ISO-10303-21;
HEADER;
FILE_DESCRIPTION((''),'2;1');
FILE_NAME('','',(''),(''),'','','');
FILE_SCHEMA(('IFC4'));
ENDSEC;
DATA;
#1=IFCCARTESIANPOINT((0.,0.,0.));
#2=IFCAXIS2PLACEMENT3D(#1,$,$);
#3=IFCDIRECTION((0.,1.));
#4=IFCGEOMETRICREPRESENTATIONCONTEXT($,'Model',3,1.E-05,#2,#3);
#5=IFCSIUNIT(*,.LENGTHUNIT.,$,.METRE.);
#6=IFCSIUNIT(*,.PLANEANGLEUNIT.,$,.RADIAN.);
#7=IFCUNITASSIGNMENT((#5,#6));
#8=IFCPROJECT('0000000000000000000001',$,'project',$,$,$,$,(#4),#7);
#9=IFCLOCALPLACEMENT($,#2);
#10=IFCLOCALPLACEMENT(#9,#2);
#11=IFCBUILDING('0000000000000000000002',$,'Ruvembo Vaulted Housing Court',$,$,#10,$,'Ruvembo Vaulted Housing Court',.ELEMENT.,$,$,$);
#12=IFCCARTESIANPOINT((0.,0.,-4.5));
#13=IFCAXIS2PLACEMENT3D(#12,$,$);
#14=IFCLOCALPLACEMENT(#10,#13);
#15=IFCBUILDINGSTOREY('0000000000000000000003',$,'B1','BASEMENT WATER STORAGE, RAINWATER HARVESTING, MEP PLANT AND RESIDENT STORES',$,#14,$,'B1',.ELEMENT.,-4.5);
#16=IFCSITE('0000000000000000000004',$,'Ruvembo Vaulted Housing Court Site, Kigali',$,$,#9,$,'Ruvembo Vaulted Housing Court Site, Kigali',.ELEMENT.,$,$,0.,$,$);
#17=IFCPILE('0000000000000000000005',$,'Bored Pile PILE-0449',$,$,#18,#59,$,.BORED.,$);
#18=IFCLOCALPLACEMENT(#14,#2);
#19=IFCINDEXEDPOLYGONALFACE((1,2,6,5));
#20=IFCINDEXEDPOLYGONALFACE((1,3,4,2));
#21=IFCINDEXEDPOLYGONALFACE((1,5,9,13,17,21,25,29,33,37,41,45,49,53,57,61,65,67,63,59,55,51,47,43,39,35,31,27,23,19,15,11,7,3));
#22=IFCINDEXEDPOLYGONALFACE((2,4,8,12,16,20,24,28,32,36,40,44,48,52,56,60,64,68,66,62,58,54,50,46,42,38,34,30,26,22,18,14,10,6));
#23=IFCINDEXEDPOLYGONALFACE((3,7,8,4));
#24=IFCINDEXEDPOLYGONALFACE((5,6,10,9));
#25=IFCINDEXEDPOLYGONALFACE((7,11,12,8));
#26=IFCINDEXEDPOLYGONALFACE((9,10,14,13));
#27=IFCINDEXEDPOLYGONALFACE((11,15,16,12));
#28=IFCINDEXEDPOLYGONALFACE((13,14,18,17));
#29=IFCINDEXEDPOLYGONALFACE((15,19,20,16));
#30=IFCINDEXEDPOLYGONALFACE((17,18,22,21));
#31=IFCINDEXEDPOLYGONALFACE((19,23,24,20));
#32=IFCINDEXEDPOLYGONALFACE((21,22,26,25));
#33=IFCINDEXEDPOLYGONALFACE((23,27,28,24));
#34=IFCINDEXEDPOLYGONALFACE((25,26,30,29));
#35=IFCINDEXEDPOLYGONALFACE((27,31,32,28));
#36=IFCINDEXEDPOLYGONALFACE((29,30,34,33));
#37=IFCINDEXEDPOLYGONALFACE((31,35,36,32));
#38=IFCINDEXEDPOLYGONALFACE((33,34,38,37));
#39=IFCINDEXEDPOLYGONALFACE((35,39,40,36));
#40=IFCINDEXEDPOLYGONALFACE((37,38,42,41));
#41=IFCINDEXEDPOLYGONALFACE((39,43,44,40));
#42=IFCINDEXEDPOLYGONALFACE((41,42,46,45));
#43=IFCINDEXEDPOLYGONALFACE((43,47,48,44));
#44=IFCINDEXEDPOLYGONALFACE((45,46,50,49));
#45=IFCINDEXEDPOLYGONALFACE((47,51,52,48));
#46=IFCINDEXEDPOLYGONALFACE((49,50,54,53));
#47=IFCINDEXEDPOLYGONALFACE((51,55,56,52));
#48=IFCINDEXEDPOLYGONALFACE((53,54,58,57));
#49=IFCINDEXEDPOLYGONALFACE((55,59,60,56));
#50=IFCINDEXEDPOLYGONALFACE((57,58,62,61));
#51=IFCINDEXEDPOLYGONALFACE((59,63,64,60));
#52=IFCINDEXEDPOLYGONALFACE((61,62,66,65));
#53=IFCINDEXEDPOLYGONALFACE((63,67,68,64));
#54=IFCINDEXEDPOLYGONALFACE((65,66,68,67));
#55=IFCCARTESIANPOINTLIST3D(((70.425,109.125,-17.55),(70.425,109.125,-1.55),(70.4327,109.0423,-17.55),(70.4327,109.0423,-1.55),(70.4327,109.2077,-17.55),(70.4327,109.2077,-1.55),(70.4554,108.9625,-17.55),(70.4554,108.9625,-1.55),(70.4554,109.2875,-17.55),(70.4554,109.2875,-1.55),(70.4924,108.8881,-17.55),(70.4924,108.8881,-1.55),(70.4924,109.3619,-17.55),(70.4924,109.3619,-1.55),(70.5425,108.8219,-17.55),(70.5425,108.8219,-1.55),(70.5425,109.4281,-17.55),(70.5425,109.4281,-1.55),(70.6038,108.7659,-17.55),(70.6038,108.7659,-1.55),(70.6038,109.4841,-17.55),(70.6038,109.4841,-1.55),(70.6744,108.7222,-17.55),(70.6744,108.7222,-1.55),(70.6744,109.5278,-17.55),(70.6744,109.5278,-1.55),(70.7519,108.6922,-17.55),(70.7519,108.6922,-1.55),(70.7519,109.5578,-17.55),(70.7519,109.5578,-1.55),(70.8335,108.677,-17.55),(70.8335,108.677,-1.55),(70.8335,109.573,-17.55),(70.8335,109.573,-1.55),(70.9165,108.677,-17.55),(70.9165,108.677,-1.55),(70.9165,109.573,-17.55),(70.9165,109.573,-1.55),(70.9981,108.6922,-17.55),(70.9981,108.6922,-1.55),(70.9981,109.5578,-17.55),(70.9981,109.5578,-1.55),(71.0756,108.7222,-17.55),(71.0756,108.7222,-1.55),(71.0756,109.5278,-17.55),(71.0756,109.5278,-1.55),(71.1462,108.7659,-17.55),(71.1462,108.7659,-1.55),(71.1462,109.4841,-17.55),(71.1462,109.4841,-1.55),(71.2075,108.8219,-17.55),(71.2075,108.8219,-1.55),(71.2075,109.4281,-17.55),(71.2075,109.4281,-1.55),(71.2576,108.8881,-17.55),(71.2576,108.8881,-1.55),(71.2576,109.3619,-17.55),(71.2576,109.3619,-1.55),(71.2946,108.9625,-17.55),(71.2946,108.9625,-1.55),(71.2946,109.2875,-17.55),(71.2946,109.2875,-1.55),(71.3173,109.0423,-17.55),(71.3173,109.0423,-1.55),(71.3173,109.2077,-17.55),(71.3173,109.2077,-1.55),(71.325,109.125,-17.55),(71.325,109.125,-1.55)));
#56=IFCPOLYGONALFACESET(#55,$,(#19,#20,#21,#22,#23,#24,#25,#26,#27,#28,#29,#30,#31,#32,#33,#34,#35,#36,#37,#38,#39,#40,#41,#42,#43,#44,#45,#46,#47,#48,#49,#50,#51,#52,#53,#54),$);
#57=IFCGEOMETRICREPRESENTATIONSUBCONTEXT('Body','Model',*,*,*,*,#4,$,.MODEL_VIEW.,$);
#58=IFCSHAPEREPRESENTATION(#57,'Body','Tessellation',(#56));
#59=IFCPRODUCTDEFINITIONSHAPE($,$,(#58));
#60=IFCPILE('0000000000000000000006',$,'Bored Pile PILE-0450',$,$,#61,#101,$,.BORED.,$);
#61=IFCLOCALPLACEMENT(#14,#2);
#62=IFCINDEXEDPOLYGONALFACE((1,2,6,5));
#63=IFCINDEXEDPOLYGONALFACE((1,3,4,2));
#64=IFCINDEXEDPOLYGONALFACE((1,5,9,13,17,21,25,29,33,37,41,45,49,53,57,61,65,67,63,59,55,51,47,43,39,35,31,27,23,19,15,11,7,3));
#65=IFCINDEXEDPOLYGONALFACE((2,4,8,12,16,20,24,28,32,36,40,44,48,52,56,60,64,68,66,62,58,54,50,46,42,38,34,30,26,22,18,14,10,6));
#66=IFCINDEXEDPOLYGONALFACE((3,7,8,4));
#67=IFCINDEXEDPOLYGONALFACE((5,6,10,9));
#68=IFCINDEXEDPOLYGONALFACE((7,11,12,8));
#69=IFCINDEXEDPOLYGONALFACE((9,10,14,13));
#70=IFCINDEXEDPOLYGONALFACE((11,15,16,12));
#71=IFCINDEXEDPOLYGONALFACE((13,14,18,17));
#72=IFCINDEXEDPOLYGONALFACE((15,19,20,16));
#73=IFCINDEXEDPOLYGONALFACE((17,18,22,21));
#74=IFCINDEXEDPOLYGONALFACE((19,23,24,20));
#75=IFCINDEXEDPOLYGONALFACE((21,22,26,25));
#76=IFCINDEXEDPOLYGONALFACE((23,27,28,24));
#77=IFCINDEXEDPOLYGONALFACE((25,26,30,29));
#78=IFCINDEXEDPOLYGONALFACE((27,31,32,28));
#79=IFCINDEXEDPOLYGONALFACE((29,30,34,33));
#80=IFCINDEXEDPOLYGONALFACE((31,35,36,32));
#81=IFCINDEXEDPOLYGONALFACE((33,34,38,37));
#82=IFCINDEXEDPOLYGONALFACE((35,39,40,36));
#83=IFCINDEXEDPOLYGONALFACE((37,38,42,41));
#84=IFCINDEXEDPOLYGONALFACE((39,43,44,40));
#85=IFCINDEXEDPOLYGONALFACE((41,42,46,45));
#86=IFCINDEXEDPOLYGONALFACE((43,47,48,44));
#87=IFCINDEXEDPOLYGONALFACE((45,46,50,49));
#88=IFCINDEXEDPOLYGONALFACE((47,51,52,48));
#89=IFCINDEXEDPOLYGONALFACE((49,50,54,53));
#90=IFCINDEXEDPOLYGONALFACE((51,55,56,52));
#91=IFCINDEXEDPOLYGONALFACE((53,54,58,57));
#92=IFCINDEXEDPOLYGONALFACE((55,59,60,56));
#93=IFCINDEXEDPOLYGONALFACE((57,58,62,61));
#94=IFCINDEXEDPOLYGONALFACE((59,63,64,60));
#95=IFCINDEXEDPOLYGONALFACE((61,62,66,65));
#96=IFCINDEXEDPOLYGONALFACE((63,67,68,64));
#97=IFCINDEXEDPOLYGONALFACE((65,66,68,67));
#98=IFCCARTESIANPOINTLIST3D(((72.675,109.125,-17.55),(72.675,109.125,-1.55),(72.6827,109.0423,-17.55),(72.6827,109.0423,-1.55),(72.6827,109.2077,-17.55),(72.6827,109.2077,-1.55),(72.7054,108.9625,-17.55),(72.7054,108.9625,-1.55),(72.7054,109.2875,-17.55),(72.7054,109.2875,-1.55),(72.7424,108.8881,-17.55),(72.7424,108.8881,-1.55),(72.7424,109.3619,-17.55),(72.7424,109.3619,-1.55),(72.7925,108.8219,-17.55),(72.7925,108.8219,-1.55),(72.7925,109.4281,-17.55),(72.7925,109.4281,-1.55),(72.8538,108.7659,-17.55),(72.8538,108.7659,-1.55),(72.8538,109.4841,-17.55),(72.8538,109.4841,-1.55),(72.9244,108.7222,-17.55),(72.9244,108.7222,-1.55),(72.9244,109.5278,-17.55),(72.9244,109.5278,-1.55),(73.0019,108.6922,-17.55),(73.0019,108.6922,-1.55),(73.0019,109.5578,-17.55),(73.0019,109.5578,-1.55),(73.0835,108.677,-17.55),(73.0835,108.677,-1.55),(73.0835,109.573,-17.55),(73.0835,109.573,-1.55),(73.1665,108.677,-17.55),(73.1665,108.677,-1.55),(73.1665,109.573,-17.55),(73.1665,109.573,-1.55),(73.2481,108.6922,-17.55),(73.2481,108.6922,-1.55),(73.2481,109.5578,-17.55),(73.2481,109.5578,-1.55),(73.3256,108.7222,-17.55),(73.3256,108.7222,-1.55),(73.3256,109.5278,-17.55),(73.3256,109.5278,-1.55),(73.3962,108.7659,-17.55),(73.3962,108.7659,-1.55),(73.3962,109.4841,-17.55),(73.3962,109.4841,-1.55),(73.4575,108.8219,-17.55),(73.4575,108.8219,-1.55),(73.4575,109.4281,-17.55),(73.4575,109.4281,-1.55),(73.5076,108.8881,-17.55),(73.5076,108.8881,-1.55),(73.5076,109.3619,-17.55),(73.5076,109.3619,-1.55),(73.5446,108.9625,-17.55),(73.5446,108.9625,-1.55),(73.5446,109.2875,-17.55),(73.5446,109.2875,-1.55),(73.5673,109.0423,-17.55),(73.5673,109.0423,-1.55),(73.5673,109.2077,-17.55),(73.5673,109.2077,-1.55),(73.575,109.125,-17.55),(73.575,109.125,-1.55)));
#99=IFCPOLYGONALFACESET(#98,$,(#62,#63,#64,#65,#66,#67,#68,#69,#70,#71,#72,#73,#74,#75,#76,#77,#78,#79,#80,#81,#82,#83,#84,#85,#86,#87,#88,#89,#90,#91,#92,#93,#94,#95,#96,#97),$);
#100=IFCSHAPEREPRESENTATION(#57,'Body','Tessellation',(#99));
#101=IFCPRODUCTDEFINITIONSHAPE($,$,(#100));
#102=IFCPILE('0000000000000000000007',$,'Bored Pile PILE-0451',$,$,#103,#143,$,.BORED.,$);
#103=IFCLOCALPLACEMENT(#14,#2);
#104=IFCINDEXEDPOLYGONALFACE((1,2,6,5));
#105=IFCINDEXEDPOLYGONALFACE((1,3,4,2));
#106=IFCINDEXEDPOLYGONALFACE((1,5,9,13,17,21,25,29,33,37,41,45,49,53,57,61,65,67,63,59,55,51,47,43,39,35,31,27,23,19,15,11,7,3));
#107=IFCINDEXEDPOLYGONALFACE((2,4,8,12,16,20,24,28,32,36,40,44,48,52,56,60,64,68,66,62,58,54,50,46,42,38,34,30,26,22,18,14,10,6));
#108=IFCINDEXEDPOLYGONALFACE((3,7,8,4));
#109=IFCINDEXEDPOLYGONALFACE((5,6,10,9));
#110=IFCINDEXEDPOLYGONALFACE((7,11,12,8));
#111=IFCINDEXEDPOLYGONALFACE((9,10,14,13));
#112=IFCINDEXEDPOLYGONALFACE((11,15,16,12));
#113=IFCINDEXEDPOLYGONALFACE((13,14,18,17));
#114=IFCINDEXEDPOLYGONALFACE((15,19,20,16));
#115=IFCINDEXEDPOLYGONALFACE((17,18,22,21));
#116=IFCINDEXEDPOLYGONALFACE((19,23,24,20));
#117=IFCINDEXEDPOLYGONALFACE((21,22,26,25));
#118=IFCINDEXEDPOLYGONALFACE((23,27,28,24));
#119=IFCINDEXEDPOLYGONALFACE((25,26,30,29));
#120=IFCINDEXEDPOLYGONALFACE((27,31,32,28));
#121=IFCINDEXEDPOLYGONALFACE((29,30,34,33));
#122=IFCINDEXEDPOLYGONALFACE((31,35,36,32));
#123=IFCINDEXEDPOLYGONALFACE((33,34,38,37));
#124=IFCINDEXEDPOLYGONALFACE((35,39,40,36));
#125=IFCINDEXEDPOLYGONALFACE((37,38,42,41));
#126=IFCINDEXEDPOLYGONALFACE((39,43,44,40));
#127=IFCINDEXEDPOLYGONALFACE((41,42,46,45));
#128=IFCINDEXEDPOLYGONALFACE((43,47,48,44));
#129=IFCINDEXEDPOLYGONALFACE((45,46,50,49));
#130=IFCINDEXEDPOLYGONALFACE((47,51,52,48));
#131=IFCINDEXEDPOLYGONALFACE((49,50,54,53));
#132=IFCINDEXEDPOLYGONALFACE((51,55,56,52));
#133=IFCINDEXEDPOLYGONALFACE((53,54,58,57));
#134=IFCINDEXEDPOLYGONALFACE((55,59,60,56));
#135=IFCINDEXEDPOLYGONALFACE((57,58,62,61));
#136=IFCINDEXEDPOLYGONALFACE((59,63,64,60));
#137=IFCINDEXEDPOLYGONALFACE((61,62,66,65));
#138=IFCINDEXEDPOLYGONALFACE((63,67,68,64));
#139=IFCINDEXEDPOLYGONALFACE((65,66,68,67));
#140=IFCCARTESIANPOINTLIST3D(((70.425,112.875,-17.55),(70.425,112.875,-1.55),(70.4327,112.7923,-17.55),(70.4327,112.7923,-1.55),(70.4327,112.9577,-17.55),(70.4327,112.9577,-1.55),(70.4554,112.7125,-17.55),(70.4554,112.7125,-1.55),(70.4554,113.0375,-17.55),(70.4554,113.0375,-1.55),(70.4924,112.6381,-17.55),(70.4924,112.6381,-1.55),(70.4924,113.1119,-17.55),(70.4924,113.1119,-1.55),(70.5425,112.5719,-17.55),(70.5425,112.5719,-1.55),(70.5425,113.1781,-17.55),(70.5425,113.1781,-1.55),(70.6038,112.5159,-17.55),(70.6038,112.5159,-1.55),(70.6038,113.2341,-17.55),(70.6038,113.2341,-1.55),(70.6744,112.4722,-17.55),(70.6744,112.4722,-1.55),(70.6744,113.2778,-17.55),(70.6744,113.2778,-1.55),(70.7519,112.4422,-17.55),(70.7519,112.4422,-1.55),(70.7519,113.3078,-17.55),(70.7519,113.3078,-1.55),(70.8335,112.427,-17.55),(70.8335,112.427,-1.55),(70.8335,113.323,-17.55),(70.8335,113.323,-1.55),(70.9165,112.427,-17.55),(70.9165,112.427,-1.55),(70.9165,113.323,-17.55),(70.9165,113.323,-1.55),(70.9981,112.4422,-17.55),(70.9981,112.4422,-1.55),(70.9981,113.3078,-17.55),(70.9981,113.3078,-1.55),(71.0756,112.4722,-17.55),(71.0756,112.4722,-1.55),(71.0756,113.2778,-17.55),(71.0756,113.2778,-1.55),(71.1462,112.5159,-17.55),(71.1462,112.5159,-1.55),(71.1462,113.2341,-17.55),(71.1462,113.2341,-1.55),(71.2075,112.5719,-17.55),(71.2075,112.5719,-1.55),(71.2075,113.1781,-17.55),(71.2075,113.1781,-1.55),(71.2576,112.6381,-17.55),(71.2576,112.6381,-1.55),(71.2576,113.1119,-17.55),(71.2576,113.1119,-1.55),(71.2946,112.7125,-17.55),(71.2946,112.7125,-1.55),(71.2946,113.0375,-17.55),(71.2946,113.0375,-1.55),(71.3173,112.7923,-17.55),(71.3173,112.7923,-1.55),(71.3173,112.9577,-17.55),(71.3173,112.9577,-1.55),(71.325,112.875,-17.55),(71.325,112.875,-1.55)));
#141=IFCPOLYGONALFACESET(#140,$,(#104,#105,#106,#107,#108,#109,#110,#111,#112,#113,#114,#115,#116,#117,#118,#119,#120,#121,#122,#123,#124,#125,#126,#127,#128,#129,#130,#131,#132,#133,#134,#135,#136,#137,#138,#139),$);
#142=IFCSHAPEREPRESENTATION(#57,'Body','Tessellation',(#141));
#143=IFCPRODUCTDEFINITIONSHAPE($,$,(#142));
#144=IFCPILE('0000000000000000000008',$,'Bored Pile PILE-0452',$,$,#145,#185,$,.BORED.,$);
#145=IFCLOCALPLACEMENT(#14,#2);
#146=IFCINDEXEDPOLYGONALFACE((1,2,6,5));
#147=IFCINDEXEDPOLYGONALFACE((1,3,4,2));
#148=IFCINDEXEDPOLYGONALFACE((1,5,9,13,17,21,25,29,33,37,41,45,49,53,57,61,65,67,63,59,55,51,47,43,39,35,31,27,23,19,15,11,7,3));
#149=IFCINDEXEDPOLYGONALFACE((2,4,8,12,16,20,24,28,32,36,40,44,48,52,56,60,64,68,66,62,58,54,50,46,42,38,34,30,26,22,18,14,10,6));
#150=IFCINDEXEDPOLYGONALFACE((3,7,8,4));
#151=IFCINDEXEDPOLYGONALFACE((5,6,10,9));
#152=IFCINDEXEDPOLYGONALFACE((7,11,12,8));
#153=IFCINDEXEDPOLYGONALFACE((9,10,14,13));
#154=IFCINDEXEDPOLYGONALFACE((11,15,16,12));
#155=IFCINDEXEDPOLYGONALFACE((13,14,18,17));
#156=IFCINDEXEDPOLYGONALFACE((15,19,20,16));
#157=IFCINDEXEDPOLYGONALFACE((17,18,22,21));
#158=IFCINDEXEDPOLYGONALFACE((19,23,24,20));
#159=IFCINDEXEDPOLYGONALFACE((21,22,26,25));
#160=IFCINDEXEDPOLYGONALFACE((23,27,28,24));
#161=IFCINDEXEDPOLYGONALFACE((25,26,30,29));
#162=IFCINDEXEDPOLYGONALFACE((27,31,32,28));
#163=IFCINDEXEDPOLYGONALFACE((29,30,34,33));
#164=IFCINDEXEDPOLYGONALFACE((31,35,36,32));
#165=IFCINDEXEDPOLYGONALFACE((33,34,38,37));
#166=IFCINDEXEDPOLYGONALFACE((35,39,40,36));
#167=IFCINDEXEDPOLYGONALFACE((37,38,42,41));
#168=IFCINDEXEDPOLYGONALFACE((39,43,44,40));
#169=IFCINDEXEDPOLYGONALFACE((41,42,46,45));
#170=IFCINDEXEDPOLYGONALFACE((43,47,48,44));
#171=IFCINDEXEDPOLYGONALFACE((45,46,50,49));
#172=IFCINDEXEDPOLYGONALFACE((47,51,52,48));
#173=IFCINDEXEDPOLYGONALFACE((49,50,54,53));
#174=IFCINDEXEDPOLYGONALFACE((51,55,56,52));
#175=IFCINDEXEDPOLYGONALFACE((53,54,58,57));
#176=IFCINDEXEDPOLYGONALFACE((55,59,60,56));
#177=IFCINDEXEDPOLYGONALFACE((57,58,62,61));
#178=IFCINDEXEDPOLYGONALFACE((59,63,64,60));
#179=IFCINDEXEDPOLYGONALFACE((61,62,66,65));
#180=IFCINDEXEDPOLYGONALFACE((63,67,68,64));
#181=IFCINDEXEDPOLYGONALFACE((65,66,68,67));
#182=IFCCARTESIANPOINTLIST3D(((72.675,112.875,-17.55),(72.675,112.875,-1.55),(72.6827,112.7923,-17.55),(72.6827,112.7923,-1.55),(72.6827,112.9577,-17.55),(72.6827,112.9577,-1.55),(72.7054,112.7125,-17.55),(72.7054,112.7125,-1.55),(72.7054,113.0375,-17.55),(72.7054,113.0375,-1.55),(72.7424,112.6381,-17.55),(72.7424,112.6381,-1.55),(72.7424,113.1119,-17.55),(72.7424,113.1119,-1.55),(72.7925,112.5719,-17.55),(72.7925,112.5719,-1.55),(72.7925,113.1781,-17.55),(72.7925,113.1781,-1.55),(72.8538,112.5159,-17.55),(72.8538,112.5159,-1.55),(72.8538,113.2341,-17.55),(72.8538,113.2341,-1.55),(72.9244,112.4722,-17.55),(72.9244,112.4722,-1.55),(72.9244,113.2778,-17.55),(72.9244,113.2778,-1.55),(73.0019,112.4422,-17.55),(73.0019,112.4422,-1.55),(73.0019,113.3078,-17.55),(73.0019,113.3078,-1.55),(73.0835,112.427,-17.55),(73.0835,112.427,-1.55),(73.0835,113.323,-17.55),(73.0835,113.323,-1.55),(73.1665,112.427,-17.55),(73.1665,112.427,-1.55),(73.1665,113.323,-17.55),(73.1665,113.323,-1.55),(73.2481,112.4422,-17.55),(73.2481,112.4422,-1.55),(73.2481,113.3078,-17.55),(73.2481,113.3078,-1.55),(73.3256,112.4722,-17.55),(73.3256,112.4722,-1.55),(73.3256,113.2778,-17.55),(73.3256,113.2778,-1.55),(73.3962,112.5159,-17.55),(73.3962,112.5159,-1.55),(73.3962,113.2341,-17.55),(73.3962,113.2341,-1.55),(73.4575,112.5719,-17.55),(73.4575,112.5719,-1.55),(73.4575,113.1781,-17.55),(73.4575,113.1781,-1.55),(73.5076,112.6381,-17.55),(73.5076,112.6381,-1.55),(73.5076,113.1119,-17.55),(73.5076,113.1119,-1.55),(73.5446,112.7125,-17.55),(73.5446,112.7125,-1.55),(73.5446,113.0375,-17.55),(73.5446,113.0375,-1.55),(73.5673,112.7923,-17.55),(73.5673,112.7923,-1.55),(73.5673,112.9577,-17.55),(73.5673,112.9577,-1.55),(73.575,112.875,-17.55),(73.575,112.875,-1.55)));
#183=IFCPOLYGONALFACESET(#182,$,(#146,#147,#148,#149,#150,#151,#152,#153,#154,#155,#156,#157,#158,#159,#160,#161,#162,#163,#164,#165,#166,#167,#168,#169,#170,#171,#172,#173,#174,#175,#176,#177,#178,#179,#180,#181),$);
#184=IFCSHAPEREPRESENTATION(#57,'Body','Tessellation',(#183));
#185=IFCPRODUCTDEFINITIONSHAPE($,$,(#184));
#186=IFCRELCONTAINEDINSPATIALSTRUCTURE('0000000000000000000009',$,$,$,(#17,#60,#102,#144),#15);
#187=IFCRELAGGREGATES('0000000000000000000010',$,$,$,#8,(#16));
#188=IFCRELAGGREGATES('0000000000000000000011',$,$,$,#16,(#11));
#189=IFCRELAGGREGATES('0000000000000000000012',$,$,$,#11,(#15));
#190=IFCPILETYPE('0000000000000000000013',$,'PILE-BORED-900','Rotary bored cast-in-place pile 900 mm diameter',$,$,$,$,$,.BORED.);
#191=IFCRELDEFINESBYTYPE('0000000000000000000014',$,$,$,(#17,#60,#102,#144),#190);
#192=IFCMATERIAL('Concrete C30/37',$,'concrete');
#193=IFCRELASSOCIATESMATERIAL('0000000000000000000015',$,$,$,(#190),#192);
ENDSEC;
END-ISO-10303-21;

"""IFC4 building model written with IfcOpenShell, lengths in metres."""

from ifc_helpers import new_model, si_unit, direction, frame, origin, origin_2d, place, context, subcontext, project, spatial, circle, extrude, material, material_profile, profile_set, type_object, element, save


model = new_model("IFC4")

# Units and contexts
model_context = context("Model", 3, precision=1e-05, world=origin(), true_north=direction((0.0, 1.0)))
body_context = subcontext(model_context, "Body", "Model", "MODEL_VIEW")
ifc_project = project(units=[si_unit("LENGTHUNIT", "METRE"), si_unit("PLANEANGLEUNIT", "RADIAN")], contexts=[model_context])

# Site, building, storey
site_placement = place(None, origin())
site = spatial("IfcSite", under=ifc_project, at=site_placement, Name="Ruvembo Vaulted Housing Court Site, Kigali", LongName="Ruvembo Vaulted Housing Court Site, Kigali", CompositionType="ELEMENT", RefElevation=0.0)
building_placement = place(site_placement, origin())
building = spatial("IfcBuilding", under=site, at=building_placement, Name="Ruvembo Vaulted Housing Court", LongName="Ruvembo Vaulted Housing Court", CompositionType="ELEMENT")
storey_placement = place(building_placement, frame((0.0, 0.0, -4.5)))
storey = spatial("IfcBuildingStorey", under=building, at=storey_placement, Name="B1", Description="BASEMENT WATER STORAGE, RAINWATER HARVESTING, MEP PLANT AND RESIDENT STORES", LongName="B1", CompositionType="ELEMENT", Elevation=-4.5)

# Piles
ifc_material_1 = material(Name="Concrete C30/37", Category="concrete")
ifc_material_profile_1 = material_profile(ifc_material_1, circle(Radius=0.45, at=origin_2d()), Name="PILE D900")
ifc_profile_set_1 = profile_set([ifc_material_profile_1], Name="Concrete C30/37")
pile_type = type_object("IfcPileType", Name="PILE-BORED-900", Description="Rotary bored cast-in-place pile 900 mm diameter", PredefinedType="BORED", material=ifc_profile_set_1)
for number, where, z_axis, x_axis, name in (
    (1, (70.875, 109.125, -1.55), (0.0, 0.0, -1.0), (1.0, 0.0, 0.0), "Bored Pile PILE-0449"),
    (2, (73.125, 109.125, -1.55), (0.0, 0.0, -1.0), (1.0, 0.0, 0.0), "Bored Pile PILE-0450"),
    (3, (70.875, 112.875, -1.55), (0.0, 0.0, -1.0), (1.0, 0.0, 0.0), "Bored Pile PILE-0451"),
    (4, (73.125, 112.875, -1.55), (0.0, 0.0, -1.0), (1.0, 0.0, 0.0), "Bored Pile PILE-0452"),
):
    element("IfcPile", number, at=place(storey_placement, frame(where, z_axis=z_axis, x_axis=x_axis)), inside=storey, type_object=pile_type, Name=name, PredefinedType="BORED", context=body_context, shape_type="SweptSolid", body=[
        extrude(circle(Radius=0.45, at=origin_2d()), origin(), (0.0, 0.0, 1.0), 16.0),
    ])

save(model, "model.ifc")
